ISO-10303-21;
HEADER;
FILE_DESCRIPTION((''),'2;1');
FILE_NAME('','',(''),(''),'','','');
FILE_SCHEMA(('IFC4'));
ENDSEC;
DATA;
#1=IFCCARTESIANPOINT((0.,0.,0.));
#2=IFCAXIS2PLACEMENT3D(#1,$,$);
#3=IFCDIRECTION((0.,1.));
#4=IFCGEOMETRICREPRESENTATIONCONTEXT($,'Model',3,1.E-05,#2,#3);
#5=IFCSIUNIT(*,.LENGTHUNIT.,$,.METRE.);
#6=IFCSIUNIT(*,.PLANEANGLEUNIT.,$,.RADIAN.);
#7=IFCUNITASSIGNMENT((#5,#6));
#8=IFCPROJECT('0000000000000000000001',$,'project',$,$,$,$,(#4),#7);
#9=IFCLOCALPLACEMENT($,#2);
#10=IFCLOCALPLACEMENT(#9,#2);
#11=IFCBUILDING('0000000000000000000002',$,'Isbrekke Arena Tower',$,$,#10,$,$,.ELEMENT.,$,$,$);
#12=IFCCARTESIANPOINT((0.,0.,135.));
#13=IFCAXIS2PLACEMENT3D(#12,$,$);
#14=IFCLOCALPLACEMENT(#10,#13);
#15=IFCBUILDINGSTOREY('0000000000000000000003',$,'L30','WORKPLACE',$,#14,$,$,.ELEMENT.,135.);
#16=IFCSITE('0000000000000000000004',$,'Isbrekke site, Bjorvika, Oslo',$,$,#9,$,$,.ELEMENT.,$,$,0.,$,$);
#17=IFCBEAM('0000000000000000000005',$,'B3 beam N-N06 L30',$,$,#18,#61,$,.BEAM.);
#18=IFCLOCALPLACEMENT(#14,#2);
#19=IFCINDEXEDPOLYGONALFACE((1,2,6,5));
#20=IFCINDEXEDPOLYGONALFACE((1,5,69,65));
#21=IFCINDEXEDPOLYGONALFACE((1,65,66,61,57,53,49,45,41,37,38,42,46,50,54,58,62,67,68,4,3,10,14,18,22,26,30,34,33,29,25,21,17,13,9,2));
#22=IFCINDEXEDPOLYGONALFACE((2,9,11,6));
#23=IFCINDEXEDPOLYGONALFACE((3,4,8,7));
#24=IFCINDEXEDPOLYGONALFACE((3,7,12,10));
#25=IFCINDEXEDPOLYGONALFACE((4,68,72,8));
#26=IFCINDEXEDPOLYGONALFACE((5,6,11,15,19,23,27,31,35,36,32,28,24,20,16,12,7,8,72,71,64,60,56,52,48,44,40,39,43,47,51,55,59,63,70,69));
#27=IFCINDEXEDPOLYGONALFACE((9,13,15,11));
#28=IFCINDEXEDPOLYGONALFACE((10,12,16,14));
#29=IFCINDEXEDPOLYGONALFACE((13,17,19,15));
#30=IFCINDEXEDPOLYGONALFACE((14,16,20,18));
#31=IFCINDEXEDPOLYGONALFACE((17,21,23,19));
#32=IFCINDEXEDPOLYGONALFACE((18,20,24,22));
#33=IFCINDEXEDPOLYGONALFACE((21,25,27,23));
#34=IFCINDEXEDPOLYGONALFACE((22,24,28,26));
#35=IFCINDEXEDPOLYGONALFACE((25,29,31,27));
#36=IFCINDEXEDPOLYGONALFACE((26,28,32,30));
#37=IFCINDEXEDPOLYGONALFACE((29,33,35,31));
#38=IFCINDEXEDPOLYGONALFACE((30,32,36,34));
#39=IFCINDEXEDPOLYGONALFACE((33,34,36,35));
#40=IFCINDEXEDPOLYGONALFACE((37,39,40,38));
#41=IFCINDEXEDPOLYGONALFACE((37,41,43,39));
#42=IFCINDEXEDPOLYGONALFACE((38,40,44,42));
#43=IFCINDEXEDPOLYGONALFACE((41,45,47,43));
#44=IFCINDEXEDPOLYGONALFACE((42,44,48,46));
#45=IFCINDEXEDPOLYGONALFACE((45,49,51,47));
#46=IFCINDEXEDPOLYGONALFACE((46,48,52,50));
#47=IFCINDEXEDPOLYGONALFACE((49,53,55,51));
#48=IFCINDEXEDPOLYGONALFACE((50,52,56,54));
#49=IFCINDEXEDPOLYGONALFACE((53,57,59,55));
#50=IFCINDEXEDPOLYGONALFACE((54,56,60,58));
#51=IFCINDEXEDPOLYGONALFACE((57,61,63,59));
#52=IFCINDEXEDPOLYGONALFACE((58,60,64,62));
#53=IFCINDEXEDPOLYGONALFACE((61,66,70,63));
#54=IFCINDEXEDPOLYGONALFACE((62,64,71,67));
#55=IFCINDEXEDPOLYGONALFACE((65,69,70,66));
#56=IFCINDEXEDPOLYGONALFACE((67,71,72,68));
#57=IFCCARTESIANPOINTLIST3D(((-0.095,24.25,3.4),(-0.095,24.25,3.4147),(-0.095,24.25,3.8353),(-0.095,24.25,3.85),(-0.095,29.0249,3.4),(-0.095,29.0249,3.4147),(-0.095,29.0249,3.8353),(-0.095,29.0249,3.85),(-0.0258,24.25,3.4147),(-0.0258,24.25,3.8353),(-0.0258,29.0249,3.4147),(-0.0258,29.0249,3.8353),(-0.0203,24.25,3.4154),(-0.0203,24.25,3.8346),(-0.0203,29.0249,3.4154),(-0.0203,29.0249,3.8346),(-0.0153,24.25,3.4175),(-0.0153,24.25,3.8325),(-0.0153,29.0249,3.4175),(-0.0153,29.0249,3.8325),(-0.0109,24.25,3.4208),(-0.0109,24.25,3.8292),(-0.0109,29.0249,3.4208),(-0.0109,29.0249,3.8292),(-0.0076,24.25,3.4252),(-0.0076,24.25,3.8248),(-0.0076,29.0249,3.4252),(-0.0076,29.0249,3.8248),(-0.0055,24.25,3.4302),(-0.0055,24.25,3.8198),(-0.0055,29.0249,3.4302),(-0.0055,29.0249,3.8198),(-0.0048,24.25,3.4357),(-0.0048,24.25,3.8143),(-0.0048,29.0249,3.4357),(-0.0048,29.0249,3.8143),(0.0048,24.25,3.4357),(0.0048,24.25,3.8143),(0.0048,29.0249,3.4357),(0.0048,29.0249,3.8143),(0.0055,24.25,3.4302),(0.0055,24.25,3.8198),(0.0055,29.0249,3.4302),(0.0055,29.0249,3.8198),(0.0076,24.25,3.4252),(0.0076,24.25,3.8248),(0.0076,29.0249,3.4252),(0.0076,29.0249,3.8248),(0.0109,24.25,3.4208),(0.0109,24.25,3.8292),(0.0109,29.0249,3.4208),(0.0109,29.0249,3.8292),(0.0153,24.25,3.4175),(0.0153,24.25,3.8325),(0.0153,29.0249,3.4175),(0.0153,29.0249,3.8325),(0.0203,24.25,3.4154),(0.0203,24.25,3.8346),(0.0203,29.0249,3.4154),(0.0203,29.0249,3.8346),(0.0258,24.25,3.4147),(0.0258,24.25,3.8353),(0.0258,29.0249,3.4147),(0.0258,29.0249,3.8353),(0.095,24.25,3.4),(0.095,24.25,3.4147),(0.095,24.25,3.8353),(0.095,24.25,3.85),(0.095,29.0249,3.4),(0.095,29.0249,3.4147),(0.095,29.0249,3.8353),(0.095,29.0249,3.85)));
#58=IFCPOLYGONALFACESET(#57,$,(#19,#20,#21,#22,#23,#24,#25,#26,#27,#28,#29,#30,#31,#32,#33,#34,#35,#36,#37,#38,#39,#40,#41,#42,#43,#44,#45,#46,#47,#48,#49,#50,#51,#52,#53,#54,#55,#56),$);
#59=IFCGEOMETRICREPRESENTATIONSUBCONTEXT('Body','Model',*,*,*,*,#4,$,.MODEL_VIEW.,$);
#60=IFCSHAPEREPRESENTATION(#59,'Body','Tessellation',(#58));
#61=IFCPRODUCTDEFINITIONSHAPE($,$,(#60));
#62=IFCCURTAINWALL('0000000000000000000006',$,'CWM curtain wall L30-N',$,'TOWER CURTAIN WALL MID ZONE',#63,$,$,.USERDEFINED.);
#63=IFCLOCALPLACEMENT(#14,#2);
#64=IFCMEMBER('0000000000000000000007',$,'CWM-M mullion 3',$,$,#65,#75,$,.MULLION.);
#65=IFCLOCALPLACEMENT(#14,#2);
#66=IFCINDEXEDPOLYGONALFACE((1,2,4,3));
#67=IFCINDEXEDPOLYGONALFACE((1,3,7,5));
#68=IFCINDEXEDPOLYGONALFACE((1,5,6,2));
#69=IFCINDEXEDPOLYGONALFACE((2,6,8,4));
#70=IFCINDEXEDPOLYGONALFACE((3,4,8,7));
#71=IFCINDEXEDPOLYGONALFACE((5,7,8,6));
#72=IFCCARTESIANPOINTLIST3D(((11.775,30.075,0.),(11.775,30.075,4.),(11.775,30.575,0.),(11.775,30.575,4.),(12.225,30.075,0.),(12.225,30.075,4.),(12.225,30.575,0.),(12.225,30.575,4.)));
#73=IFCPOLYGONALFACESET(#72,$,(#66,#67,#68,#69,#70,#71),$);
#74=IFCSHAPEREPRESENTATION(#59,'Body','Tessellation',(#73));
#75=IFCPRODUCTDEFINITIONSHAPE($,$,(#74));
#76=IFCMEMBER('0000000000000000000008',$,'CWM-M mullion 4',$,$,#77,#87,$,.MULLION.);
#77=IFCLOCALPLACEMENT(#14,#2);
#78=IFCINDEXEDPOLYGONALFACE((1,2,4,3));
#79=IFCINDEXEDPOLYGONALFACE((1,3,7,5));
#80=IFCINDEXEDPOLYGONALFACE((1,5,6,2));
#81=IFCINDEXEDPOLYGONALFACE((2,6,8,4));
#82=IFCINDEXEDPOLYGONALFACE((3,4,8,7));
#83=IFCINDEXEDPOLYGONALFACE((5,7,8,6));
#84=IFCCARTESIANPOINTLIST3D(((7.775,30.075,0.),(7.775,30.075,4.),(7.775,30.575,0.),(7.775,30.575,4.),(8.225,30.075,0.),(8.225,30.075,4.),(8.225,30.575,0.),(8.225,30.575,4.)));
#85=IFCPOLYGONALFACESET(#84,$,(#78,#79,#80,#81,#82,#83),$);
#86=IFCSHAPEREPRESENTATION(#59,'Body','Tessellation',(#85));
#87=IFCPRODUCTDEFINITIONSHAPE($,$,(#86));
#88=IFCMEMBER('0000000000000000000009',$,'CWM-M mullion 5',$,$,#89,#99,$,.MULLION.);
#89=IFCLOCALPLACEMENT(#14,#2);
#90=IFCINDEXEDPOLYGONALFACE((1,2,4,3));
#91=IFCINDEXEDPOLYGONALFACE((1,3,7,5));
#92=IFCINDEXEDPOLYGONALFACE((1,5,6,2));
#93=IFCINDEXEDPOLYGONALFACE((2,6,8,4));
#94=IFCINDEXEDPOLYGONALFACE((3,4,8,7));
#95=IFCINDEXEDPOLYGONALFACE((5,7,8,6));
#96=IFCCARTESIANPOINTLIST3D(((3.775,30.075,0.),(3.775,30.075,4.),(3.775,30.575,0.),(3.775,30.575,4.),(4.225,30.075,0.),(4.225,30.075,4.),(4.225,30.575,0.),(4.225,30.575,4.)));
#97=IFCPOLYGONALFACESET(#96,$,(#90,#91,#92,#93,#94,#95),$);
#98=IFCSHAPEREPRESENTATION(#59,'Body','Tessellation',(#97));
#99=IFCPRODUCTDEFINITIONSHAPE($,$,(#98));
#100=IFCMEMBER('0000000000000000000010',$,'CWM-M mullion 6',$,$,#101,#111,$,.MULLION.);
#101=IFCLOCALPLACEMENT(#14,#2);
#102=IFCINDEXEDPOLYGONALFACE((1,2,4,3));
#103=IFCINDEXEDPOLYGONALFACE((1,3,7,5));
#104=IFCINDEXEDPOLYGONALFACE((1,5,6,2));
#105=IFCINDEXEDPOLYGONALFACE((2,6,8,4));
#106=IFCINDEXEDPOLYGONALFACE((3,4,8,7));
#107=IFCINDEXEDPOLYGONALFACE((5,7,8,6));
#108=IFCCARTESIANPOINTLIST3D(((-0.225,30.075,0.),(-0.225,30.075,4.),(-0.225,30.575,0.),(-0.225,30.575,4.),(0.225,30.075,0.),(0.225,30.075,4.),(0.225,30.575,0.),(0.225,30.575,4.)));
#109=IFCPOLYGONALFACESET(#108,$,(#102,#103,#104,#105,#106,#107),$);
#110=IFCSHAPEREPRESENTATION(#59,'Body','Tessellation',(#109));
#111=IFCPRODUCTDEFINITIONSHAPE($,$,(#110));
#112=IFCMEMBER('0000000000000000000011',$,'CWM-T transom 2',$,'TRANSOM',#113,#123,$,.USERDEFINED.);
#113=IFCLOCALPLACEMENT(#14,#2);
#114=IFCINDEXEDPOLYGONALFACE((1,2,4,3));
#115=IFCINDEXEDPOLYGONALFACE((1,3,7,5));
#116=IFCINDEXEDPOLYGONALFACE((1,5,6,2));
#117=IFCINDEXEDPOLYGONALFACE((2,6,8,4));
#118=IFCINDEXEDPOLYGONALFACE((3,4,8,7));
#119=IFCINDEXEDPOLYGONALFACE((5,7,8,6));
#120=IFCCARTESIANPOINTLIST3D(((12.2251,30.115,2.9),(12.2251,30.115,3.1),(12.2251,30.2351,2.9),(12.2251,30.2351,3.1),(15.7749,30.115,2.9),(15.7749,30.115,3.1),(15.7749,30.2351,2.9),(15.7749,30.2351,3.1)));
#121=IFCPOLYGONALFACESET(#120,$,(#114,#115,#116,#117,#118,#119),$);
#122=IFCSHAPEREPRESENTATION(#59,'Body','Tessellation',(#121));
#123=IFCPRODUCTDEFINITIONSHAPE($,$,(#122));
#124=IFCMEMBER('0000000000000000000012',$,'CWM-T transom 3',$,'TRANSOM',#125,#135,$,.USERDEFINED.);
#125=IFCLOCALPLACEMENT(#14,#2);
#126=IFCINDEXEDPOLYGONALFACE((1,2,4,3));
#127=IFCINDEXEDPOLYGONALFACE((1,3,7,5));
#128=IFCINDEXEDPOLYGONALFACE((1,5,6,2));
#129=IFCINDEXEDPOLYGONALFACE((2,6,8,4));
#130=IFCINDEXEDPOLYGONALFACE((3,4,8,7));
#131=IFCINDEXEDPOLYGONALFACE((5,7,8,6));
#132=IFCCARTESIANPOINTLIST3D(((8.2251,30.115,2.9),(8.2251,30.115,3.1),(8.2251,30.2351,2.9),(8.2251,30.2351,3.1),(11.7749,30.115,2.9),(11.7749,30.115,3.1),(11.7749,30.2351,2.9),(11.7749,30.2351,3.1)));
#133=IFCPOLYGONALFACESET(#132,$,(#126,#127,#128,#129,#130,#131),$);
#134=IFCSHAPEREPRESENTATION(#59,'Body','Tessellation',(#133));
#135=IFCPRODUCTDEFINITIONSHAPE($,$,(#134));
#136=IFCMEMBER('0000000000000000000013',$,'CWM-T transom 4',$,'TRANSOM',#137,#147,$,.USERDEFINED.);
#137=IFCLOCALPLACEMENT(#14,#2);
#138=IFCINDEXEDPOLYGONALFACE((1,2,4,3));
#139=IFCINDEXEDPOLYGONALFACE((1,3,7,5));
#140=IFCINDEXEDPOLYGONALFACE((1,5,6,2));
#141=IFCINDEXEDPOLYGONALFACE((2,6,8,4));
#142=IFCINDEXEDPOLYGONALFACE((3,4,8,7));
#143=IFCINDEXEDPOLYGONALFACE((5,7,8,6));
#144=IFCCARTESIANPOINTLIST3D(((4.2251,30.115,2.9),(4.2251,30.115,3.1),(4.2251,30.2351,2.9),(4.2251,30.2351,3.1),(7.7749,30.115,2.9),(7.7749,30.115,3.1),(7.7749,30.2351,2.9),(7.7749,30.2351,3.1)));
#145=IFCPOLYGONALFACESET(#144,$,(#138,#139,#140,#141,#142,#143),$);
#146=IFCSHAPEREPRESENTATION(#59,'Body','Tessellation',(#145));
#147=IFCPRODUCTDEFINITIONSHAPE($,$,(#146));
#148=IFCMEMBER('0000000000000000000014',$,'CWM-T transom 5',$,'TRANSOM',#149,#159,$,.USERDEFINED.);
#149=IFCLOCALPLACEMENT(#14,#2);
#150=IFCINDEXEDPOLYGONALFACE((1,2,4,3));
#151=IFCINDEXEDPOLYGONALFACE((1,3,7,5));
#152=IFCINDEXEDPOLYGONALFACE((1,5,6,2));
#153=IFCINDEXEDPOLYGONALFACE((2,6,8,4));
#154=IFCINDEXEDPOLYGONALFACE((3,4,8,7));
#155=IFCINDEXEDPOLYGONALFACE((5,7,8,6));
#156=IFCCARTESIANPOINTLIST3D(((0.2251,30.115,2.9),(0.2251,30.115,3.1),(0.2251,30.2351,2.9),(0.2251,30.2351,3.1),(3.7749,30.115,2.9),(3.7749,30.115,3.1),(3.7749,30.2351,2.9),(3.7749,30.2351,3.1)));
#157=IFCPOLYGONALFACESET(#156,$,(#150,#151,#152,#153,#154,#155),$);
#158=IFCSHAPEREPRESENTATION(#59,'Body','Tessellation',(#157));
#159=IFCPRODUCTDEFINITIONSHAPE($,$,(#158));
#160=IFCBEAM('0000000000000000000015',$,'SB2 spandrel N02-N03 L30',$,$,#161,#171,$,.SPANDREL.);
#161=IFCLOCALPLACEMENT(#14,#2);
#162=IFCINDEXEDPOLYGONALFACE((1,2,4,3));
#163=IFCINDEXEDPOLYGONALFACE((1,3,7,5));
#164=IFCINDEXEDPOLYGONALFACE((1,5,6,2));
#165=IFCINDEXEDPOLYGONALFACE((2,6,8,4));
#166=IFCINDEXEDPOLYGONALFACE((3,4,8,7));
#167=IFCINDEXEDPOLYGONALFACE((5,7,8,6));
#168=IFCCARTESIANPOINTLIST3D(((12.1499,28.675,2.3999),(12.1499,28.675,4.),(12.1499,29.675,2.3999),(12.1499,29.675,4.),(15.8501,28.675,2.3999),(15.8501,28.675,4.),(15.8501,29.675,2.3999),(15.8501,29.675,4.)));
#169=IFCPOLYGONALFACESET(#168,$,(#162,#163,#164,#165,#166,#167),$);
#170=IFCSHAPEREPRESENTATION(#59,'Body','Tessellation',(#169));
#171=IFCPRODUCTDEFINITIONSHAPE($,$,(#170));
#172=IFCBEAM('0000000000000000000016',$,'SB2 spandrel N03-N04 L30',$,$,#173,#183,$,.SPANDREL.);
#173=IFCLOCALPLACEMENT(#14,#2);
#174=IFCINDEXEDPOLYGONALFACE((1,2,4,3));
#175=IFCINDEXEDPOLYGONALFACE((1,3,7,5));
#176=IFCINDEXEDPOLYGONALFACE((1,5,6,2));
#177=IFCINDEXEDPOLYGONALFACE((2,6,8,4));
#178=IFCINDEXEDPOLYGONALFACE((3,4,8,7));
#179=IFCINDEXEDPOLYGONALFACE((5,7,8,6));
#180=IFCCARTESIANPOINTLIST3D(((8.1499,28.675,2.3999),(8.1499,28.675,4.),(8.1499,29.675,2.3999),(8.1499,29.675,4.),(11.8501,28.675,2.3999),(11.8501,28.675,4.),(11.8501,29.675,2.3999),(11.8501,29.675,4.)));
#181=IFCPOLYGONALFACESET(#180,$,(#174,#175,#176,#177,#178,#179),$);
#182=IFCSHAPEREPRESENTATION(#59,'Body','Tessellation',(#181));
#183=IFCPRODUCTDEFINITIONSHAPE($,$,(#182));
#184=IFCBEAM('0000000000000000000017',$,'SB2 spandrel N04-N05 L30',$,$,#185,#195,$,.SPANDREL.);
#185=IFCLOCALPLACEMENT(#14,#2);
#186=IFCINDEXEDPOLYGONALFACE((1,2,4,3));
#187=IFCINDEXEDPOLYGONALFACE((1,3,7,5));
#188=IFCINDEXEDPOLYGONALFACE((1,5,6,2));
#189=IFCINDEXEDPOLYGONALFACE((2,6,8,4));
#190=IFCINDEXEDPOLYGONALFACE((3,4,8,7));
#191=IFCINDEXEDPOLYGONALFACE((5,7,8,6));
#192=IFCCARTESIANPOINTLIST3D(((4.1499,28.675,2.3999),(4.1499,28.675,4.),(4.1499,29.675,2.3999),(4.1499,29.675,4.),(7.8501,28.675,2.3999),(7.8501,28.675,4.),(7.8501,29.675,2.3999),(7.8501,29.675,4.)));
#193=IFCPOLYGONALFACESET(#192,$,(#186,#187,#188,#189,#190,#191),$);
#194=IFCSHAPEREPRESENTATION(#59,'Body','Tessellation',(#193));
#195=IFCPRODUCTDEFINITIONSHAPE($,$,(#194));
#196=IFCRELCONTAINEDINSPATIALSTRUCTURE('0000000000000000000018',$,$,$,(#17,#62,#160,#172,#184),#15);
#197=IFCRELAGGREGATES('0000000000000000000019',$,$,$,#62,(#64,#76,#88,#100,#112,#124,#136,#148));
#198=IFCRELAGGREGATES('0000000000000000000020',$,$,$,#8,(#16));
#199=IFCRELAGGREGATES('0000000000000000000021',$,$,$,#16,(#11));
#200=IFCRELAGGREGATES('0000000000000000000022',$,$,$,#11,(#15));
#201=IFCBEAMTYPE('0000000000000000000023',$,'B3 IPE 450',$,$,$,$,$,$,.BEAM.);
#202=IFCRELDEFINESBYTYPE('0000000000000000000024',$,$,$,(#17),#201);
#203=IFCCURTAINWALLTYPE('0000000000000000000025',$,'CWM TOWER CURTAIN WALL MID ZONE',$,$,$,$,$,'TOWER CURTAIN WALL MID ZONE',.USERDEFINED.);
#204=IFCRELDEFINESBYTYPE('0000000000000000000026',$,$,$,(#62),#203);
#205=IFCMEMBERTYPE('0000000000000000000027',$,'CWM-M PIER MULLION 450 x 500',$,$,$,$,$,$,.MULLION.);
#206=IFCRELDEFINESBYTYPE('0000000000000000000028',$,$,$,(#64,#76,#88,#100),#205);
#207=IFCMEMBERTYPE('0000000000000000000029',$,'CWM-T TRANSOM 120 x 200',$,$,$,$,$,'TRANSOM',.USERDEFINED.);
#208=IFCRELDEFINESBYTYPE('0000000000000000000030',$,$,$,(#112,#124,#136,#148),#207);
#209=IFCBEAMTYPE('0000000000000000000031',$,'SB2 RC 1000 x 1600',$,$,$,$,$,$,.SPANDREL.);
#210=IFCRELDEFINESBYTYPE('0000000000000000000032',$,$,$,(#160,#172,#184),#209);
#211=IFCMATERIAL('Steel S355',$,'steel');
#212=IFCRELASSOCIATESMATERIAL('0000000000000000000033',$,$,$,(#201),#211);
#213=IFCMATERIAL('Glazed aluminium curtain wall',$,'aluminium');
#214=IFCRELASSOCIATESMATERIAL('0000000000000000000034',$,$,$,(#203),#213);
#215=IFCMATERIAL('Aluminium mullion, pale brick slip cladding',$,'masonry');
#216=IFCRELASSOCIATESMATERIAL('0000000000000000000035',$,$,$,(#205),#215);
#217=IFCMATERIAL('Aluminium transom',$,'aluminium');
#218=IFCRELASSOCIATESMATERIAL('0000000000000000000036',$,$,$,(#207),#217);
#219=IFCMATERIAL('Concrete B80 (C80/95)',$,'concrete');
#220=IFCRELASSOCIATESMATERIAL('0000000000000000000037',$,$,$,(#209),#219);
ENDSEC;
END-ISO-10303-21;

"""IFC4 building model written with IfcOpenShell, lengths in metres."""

from ifc_helpers import new_model, si_unit, direction, frame, origin, origin_2d, place, context, subcontext, project, spatial, rectangle, i_section, extrude, material, material_profile, profile_set, type_object, element, aggregate, save


model = new_model("IFC4")

# Units and contexts
model_context = context("Model", 3, precision=1e-05, world=origin(), true_north=direction((0.0, 1.0)))
body_context = subcontext(model_context, "Body", "Model", "MODEL_VIEW")
ifc_project = project(units=[si_unit("LENGTHUNIT", "METRE"), si_unit("PLANEANGLEUNIT", "RADIAN")], contexts=[model_context])

# Site, building, storey
site_placement = place(None, origin())
site = spatial("IfcSite", under=ifc_project, at=site_placement, Name="Isbrekke site, Bjorvika, Oslo", CompositionType="ELEMENT", RefElevation=0.0)
building_placement = place(site_placement, origin())
building = spatial("IfcBuilding", under=site, at=building_placement, Name="Isbrekke Arena Tower", CompositionType="ELEMENT")
storey_placement = place(building_placement, frame((0.0, 0.0, 135.0)))
storey = spatial("IfcBuildingStorey", under=building, at=storey_placement, Name="L30", Description="WORKPLACE", CompositionType="ELEMENT", Elevation=135.0)

# Beam
ifc_material_1 = material(Name="Steel S355", Category="steel")
ifc_material_profile_1 = material_profile(ifc_material_1, i_section(OverallWidth=0.1899, OverallDepth=0.45, WebThickness=0.0095, FlangeThickness=0.0146, FilletRadius=0.021, at=origin_2d()), Name="IPE 450")
ifc_profile_set_1 = profile_set([ifc_material_profile_1], Name="Steel S355")
beam_type_1 = type_object("IfcBeamType", Name="B3 IPE 450", PredefinedType="BEAM", material=ifc_profile_set_1)
beam_1_placement = place(storey_placement, frame((0.0, 29.0249, 3.625), z_axis=(0.0, -1.0, 0.0), x_axis=(1.0, 0.0, 0.0)))
element("IfcBeam", 1, at=beam_1_placement, inside=storey, type_object=beam_type_1, Name="B3 beam N-N06 L30", PredefinedType="BEAM", context=body_context, shape_type="SweptSolid", body=[
    extrude(i_section(OverallWidth=0.1899, OverallDepth=0.45, WebThickness=0.0095, FlangeThickness=0.0146, FilletRadius=0.021, at=origin_2d()), origin(), (0.0, 0.0, 1.0), 4.7749),
])

# Curtain wall, members
ifc_material_2 = material(Name="Glazed aluminium curtain wall", Category="aluminium")
curtain_wall_type = type_object("IfcCurtainWallType", Name="CWM TOWER CURTAIN WALL MID ZONE", ElementType="TOWER CURTAIN WALL MID ZONE", PredefinedType="USERDEFINED", material=ifc_material_2)
curtain_wall_placement = place(storey_placement, origin())
curtain_wall = element("IfcCurtainWall", 2, at=curtain_wall_placement, inside=storey, type_object=curtain_wall_type, Name="CWM curtain wall L30-N", ObjectType="TOWER CURTAIN WALL MID ZONE", PredefinedType="USERDEFINED")
ifc_material_3 = material(Name="Aluminium mullion, pale brick slip cladding", Category="masonry")
ifc_material_profile_2 = material_profile(ifc_material_3, rectangle(XDim=0.45, YDim=0.5, at=origin_2d()), Name="PIER 450X500")
ifc_profile_set_2 = profile_set([ifc_material_profile_2], Name="Aluminium mullion, pale brick slip cladding")
member_type_1 = type_object("IfcMemberType", Name="CWM-M PIER MULLION 450 x 500", PredefinedType="MULLION", material=ifc_profile_set_2)
member_1_placement = place(storey_placement, frame((12.0, 30.325, 0.0), z_axis=(0.0, 0.0, 1.0), x_axis=(-1.0, 0.0, 0.0)))
member_1 = element("IfcMember", 3, at=member_1_placement, type_object=member_type_1, Name="CWM-M mullion 3", PredefinedType="MULLION", context=body_context, shape_type="SweptSolid", body=[
    extrude(rectangle(XDim=0.45, YDim=0.5, at=origin_2d()), origin(), (0.0, 0.0, 1.0), 4.0),
])
member_2_placement = place(storey_placement, frame((8.0, 30.325, 0.0), z_axis=(0.0, 0.0, 1.0), x_axis=(-1.0, 0.0, 0.0)))
member_2 = element("IfcMember", 4, at=member_2_placement, type_object=member_type_1, Name="CWM-M mullion 4", PredefinedType="MULLION", context=body_context, shape_type="SweptSolid", body=[
    extrude(rectangle(XDim=0.45, YDim=0.5, at=origin_2d()), origin(), (0.0, 0.0, 1.0), 4.0),
])
member_3_placement = place(storey_placement, frame((4.0, 30.325, 0.0), z_axis=(0.0, 0.0, 1.0), x_axis=(-1.0, 0.0, 0.0)))
member_3 = element("IfcMember", 5, at=member_3_placement, type_object=member_type_1, Name="CWM-M mullion 5", PredefinedType="MULLION", context=body_context, shape_type="SweptSolid", body=[
    extrude(rectangle(XDim=0.45, YDim=0.5, at=origin_2d()), origin(), (0.0, 0.0, 1.0), 4.0),
])
member_4_placement = place(storey_placement, frame((0.0, 30.325, 0.0), z_axis=(0.0, 0.0, 1.0), x_axis=(-1.0, 0.0, 0.0)))
member_4 = element("IfcMember", 6, at=member_4_placement, type_object=member_type_1, Name="CWM-M mullion 6", PredefinedType="MULLION", context=body_context, shape_type="SweptSolid", body=[
    extrude(rectangle(XDim=0.45, YDim=0.5, at=origin_2d()), origin(), (0.0, 0.0, 1.0), 4.0),
])
ifc_material_4 = material(Name="Aluminium transom", Category="aluminium")
ifc_material_profile_3 = material_profile(ifc_material_4, rectangle(XDim=0.1201, YDim=0.2, at=origin_2d()), Name="TRANSOM 120X200")
ifc_profile_set_3 = profile_set([ifc_material_profile_3], Name="Aluminium transom")
member_type_2 = type_object("IfcMemberType", Name="CWM-T TRANSOM 120 x 200", ElementType="TRANSOM", PredefinedType="USERDEFINED", material=ifc_profile_set_3)
member_5_placement = place(storey_placement, frame((15.7749, 30.175, 3.0), z_axis=(-1.0, 0.0, 0.0), x_axis=(0.0, -1.0, 0.0)))
member_5 = element("IfcMember", 7, at=member_5_placement, type_object=member_type_2, Name="CWM-T transom 2", ObjectType="TRANSOM", PredefinedType="USERDEFINED", context=body_context, shape_type="SweptSolid", body=[
    extrude(rectangle(XDim=0.1201, YDim=0.2, at=origin_2d()), origin(), (0.0, 0.0, 1.0), 3.5498),
])
member_6_placement = place(storey_placement, frame((11.7749, 30.175, 3.0), z_axis=(-1.0, 0.0, 0.0), x_axis=(0.0, -1.0, 0.0)))
member_6 = element("IfcMember", 8, at=member_6_placement, type_object=member_type_2, Name="CWM-T transom 3", ObjectType="TRANSOM", PredefinedType="USERDEFINED", context=body_context, shape_type="SweptSolid", body=[
    extrude(rectangle(XDim=0.1201, YDim=0.2, at=origin_2d()), origin(), (0.0, 0.0, 1.0), 3.5498),
])
member_7_placement = place(storey_placement, frame((7.7749, 30.175, 3.0), z_axis=(-1.0, 0.0, 0.0), x_axis=(0.0, -1.0, 0.0)))
member_7 = element("IfcMember", 9, at=member_7_placement, type_object=member_type_2, Name="CWM-T transom 4", ObjectType="TRANSOM", PredefinedType="USERDEFINED", context=body_context, shape_type="SweptSolid", body=[
    extrude(rectangle(XDim=0.1201, YDim=0.2, at=origin_2d()), origin(), (0.0, 0.0, 1.0), 3.5498),
])
member_8_placement = place(storey_placement, frame((3.7749, 30.175, 3.0), z_axis=(-1.0, 0.0, 0.0), x_axis=(0.0, -1.0, 0.0)))
member_8 = element("IfcMember", 10, at=member_8_placement, type_object=member_type_2, Name="CWM-T transom 5", ObjectType="TRANSOM", PredefinedType="USERDEFINED", context=body_context, shape_type="SweptSolid", body=[
    extrude(rectangle(XDim=0.1201, YDim=0.2, at=origin_2d()), origin(), (0.0, 0.0, 1.0), 3.5498),
])

# Beams
ifc_material_5 = material(Name="Concrete B80 (C80/95)", Category="concrete")
ifc_material_profile_4 = material_profile(ifc_material_5, rectangle(XDim=1.0, YDim=1.6001, at=origin_2d()), Name="RC 1000x1600")
ifc_profile_set_4 = profile_set([ifc_material_profile_4], Name="Concrete B80 (C80/95)")
beam_type_2 = type_object("IfcBeamType", Name="SB2 RC 1000 x 1600", PredefinedType="SPANDREL", material=ifc_profile_set_4)
for number, where, z_axis, x_axis, name in (
    (11, (15.8501, 29.175, 3.2), (-1.0, 0.0, 0.0), (0.0, -1.0, 0.0), "SB2 spandrel N02-N03 L30"),
    (12, (11.8501, 29.175, 3.2), (-1.0, 0.0, 0.0), (0.0, -1.0, 0.0), "SB2 spandrel N03-N04 L30"),
    (13, (7.8501, 29.175, 3.2), (-1.0, 0.0, 0.0), (0.0, -1.0, 0.0), "SB2 spandrel N04-N05 L30"),
):
    element("IfcBeam", number, at=place(storey_placement, frame(where, z_axis=z_axis, x_axis=x_axis)), inside=storey, type_object=beam_type_2, Name=name, PredefinedType="SPANDREL", context=body_context, shape_type="SweptSolid", body=[
        extrude(rectangle(XDim=1.0, YDim=1.6001, at=origin_2d()), origin(), (0.0, 0.0, 1.0), 3.7002),
    ])

aggregate(curtain_wall, [member_1, member_2, member_3, member_4, member_5, member_6, member_7, member_8])

save(model, "model.ifc")
